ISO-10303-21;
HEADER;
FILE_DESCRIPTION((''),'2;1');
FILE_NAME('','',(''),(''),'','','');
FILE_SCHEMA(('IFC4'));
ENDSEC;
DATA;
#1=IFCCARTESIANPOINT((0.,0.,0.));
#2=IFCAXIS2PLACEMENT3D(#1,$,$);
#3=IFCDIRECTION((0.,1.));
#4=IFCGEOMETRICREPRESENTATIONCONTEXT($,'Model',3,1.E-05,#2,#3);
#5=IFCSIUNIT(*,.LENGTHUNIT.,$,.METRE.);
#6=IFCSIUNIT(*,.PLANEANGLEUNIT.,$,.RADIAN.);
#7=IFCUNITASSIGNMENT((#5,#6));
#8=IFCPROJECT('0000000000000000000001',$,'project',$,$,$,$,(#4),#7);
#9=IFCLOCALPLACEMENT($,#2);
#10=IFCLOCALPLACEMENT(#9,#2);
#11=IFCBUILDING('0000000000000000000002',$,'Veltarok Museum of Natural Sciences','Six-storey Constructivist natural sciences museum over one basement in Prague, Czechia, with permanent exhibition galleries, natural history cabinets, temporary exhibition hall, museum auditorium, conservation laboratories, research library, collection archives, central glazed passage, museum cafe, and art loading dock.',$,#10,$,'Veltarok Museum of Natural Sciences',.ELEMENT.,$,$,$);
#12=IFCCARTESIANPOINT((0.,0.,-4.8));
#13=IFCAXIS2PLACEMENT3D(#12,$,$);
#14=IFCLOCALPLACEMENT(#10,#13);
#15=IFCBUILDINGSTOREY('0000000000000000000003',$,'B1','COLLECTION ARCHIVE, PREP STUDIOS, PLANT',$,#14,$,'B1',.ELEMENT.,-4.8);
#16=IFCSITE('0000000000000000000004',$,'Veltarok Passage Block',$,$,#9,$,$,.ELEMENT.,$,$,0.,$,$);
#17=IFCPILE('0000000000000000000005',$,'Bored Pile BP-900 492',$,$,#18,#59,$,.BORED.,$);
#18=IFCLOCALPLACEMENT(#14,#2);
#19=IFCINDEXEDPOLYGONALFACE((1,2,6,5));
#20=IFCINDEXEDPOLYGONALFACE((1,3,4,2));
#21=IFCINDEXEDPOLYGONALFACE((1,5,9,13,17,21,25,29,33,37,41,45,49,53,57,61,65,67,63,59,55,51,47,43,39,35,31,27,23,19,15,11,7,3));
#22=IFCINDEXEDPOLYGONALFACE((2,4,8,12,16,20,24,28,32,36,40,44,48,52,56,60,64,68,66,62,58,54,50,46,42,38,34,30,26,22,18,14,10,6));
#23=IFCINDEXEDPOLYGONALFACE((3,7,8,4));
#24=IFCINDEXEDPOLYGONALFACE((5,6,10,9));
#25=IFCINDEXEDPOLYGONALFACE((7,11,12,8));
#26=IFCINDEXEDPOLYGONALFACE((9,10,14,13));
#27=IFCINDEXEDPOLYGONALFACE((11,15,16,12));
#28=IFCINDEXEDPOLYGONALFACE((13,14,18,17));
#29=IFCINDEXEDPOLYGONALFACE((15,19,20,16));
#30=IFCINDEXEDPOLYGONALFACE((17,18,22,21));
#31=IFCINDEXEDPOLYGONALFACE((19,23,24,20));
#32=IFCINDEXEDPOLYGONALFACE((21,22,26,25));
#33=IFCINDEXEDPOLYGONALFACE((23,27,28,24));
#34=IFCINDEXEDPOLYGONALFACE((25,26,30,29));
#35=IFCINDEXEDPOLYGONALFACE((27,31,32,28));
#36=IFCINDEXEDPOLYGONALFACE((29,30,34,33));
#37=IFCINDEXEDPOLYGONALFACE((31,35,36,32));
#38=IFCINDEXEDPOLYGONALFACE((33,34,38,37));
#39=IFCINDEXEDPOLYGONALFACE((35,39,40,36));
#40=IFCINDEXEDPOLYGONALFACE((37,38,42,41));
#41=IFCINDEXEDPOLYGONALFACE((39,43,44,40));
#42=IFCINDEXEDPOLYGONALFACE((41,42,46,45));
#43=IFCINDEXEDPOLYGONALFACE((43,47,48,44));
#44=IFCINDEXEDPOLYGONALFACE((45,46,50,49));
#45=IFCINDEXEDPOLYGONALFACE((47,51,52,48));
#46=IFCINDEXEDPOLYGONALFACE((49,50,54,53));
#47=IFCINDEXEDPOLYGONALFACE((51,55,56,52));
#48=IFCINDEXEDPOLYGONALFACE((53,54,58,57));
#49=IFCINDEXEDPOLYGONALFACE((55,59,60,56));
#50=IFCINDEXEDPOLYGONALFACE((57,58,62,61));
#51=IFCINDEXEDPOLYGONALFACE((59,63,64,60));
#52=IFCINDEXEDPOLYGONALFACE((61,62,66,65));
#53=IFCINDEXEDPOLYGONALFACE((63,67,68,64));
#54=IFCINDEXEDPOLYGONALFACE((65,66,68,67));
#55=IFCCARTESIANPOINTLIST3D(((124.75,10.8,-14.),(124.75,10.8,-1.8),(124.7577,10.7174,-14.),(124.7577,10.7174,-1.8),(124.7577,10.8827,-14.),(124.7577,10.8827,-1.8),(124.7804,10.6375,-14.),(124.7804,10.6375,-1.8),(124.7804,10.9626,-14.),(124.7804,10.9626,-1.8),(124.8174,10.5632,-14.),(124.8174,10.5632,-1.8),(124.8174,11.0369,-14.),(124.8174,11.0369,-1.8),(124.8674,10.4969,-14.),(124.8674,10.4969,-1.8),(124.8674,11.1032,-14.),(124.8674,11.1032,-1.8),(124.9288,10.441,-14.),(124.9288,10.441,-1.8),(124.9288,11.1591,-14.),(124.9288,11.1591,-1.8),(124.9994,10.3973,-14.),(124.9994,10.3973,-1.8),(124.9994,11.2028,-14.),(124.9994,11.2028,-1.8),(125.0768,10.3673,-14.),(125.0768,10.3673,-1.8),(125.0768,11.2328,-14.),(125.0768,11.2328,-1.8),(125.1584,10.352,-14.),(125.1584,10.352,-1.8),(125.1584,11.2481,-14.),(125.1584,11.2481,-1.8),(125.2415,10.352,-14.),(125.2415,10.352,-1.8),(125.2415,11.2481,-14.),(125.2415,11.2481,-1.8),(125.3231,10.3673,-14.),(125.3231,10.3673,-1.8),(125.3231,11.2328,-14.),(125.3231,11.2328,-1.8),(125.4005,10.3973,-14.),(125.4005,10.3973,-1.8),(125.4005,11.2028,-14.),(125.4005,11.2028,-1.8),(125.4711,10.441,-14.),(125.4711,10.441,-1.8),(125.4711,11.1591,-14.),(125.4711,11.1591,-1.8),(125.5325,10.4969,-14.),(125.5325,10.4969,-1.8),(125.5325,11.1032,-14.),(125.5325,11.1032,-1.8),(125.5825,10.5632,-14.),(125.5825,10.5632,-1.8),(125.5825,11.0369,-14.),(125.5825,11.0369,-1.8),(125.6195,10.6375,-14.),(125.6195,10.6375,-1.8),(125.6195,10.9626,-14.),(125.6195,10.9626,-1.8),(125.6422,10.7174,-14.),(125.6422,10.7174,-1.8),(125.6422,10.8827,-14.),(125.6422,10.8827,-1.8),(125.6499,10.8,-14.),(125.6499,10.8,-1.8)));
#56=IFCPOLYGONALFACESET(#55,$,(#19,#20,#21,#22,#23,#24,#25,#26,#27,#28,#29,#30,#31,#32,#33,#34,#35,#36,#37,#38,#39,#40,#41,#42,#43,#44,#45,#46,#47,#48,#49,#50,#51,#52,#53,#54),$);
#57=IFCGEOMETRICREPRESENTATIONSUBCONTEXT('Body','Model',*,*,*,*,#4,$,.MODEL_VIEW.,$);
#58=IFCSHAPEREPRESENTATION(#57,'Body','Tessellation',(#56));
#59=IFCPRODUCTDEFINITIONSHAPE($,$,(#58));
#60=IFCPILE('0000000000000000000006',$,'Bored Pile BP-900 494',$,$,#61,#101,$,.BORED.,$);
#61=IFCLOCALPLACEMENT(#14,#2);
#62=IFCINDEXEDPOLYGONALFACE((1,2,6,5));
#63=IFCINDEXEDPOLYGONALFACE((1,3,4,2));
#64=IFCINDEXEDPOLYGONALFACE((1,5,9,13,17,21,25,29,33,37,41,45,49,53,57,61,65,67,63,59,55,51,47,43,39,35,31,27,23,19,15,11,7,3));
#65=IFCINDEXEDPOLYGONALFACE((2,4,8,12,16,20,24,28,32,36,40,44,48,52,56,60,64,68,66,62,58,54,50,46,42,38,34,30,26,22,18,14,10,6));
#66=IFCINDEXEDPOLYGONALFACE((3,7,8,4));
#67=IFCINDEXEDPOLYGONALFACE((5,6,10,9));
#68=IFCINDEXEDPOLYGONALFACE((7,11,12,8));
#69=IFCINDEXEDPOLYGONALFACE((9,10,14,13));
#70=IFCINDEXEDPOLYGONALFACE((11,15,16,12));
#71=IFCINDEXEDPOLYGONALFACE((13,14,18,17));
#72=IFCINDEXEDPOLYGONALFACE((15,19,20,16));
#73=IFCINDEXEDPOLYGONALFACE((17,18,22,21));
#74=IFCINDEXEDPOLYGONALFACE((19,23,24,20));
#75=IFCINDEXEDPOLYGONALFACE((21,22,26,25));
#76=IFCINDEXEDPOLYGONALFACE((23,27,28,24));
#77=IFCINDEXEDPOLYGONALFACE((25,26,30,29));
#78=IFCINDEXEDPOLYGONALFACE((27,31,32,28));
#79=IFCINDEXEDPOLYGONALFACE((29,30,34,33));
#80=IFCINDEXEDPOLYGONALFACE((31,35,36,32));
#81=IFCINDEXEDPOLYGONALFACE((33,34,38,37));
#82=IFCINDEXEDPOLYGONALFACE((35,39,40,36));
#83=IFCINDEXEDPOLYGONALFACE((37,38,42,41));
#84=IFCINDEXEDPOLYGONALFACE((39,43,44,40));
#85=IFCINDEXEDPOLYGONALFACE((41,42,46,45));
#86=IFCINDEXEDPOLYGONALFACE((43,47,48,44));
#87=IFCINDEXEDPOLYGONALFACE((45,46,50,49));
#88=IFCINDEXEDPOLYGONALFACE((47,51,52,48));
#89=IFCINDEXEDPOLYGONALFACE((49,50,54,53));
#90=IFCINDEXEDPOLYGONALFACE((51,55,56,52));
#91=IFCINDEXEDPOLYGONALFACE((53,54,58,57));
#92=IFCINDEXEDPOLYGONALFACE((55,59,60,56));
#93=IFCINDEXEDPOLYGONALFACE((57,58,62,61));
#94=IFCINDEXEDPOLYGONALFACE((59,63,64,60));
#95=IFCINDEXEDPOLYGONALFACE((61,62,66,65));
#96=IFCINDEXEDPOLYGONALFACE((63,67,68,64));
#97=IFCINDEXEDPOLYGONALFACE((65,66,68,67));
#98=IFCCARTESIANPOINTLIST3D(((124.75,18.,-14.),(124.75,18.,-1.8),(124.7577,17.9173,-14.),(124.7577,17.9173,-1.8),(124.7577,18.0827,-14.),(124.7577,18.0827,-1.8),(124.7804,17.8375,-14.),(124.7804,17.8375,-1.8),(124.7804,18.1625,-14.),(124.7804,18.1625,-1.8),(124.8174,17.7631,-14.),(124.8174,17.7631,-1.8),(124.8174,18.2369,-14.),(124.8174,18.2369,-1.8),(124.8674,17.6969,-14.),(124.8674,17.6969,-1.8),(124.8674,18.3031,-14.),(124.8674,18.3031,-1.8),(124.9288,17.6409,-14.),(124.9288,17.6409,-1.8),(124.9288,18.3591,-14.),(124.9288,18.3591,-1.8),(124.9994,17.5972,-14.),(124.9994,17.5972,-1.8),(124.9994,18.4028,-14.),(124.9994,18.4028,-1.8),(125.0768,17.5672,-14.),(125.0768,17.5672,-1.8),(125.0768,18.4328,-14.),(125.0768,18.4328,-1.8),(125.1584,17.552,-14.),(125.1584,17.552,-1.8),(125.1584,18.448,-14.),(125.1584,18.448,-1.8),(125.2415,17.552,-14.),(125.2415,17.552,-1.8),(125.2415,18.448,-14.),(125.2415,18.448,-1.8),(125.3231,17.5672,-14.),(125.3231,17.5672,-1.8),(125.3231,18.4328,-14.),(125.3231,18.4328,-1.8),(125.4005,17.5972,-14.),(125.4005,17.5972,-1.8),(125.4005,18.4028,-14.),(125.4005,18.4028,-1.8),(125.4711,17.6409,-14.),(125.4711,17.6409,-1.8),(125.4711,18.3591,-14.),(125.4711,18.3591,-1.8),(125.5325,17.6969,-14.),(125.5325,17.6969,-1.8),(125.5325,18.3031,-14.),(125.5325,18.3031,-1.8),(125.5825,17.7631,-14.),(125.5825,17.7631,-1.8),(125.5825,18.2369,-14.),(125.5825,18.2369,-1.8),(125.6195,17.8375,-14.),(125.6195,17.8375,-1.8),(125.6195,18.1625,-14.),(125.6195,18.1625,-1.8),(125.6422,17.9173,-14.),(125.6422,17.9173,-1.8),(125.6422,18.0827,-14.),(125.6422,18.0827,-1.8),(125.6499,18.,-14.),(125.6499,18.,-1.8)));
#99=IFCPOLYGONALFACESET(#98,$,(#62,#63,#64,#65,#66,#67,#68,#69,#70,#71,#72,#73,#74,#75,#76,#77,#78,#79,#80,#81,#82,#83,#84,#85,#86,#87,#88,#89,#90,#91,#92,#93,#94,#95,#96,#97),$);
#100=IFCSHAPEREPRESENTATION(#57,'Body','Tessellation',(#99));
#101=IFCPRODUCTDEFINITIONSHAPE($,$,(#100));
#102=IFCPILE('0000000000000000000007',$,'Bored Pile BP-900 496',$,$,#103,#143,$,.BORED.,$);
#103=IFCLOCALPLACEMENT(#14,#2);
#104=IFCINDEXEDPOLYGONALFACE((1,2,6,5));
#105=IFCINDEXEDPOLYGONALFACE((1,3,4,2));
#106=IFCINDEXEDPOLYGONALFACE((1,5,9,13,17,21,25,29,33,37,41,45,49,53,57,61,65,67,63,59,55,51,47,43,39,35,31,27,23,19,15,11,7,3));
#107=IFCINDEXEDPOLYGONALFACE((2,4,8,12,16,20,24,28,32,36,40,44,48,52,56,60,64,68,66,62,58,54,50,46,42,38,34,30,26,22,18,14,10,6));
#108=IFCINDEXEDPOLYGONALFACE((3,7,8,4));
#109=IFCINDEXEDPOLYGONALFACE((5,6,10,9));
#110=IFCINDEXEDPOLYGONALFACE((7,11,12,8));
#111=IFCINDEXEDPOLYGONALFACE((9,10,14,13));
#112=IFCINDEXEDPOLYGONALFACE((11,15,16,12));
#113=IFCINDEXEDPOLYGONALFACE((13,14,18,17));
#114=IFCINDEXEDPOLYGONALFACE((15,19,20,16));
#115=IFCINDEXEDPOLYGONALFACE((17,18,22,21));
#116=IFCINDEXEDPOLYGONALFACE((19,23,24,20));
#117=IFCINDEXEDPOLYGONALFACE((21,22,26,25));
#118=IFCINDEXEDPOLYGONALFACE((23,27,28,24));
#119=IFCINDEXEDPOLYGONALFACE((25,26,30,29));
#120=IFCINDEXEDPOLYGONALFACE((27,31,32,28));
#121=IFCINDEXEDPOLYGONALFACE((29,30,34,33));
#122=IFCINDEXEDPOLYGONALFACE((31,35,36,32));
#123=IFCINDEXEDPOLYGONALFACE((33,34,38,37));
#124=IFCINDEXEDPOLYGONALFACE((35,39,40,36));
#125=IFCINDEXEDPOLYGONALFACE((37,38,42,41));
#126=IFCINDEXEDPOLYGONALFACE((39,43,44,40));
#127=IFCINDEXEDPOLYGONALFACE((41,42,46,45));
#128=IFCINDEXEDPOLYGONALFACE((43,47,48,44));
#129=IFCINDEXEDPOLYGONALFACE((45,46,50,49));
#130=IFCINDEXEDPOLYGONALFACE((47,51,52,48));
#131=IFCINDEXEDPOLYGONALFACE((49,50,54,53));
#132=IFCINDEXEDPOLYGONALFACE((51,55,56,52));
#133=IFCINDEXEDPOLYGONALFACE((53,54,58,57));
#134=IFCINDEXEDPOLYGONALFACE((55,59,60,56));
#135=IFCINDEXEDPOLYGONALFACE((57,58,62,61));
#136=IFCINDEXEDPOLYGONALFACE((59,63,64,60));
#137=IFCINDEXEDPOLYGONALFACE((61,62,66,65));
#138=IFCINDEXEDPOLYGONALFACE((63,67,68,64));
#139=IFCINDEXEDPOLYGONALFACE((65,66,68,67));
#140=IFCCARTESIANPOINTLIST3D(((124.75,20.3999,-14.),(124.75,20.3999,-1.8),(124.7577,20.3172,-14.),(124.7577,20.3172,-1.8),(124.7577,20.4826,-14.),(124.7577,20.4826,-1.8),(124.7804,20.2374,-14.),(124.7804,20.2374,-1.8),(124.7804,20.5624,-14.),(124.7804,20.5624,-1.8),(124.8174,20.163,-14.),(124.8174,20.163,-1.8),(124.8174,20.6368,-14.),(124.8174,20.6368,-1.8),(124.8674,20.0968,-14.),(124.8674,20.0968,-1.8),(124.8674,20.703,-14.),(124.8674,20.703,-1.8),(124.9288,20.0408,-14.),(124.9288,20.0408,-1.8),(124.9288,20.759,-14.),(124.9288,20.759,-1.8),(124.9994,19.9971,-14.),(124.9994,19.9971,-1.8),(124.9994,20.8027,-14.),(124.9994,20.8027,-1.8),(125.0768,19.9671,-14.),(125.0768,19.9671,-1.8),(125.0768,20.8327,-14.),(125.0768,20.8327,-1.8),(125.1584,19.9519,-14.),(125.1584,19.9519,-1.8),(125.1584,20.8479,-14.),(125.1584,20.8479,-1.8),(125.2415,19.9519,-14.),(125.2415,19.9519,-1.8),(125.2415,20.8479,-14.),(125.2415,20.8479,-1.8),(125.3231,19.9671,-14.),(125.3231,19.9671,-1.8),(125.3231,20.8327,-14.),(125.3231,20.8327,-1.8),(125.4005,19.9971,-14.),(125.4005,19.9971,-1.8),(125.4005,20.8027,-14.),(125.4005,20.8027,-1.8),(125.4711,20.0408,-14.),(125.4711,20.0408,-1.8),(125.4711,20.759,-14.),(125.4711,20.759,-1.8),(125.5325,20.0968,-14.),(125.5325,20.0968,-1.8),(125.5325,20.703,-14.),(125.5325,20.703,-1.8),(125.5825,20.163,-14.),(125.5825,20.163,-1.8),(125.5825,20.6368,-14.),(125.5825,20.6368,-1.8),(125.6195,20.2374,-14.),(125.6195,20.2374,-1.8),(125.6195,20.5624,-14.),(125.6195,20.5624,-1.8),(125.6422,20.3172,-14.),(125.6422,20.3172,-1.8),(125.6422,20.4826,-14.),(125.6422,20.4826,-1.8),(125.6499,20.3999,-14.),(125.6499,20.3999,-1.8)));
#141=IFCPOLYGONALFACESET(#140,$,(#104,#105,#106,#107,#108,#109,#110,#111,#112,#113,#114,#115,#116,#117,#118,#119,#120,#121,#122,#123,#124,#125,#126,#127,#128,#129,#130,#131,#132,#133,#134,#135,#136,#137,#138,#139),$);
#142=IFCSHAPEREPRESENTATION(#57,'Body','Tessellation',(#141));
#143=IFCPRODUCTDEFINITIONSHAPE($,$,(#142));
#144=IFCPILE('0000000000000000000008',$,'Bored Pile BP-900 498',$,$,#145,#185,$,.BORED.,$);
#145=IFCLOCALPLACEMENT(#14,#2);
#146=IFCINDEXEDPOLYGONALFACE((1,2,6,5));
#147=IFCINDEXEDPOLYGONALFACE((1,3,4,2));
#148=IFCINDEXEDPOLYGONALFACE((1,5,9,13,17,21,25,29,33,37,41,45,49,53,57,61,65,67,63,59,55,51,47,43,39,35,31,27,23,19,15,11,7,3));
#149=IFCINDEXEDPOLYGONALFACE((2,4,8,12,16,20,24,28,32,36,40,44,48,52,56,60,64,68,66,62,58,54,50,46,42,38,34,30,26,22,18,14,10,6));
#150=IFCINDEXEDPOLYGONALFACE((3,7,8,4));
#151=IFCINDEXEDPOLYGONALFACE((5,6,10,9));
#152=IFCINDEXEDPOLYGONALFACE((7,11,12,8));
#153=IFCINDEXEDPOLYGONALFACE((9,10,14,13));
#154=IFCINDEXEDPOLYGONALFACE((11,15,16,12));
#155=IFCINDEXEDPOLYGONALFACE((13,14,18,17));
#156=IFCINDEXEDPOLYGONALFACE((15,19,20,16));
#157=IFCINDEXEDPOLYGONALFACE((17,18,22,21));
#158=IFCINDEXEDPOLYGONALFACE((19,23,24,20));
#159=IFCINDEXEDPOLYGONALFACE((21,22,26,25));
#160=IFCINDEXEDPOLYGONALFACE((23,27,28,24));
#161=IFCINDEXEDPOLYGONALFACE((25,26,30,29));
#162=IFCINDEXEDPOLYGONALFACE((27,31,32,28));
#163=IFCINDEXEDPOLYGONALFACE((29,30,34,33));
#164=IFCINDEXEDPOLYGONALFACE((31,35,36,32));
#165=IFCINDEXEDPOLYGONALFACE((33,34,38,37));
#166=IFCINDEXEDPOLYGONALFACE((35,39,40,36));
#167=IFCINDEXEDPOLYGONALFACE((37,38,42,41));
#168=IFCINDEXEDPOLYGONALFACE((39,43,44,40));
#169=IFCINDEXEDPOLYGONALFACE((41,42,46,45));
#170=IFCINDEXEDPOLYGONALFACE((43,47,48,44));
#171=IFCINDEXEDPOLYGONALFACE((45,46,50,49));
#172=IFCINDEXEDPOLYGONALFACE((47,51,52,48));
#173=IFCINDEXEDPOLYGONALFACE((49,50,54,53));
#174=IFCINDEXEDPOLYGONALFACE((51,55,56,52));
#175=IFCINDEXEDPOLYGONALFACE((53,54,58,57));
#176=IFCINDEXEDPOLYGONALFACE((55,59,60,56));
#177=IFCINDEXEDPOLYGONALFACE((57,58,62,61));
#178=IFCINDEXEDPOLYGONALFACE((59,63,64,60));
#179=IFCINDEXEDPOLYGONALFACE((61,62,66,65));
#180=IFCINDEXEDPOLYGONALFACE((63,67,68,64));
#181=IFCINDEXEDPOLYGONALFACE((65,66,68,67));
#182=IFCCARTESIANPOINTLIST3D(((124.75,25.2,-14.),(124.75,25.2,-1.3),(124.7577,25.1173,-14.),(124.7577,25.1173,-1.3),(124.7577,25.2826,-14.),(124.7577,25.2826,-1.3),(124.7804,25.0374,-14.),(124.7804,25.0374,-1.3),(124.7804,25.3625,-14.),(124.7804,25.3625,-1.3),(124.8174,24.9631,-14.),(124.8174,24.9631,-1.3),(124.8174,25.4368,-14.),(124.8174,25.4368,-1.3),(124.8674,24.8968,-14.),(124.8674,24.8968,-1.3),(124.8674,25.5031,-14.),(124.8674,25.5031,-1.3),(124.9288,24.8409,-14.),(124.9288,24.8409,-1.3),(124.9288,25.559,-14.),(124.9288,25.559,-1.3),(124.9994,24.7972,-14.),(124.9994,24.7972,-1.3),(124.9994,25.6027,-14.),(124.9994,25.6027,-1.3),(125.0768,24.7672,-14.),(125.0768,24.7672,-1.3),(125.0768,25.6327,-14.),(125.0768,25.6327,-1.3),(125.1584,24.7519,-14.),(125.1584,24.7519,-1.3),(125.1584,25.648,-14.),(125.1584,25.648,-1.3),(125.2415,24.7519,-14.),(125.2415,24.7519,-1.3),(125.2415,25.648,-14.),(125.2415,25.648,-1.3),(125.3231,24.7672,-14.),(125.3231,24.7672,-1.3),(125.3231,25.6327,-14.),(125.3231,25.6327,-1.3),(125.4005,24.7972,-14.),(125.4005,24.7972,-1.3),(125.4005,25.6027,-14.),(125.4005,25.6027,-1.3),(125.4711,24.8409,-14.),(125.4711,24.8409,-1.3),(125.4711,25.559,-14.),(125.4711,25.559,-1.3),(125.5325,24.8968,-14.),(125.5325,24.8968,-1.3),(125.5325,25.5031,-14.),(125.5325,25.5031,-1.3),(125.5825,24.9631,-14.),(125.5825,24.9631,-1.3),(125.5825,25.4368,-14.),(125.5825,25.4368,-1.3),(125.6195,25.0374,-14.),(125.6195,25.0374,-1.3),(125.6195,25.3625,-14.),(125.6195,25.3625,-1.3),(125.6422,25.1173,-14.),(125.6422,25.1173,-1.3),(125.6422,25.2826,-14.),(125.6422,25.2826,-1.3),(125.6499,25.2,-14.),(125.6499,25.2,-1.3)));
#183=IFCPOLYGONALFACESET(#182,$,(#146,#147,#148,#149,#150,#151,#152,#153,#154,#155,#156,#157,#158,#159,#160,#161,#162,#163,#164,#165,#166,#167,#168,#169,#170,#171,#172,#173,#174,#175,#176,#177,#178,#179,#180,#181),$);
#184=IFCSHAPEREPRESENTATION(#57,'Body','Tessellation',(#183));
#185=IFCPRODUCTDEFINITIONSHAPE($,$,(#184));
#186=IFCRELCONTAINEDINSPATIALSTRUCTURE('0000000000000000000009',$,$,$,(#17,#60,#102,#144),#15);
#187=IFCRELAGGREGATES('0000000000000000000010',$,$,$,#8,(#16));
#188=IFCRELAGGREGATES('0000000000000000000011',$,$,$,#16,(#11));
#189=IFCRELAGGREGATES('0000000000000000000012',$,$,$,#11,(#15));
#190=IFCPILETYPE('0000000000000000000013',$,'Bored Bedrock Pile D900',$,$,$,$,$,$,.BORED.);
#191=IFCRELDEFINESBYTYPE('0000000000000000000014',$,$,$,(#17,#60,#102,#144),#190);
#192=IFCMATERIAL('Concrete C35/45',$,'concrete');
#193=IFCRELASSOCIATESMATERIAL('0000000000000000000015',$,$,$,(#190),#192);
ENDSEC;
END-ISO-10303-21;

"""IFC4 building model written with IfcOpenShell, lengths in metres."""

from ifc_helpers import new_model, si_unit, direction, frame, origin, origin_2d, place, context, subcontext, project, spatial, circle, extrude, material, material_profile, profile_set, type_object, element, save


model = new_model("IFC4")

# Units and contexts
model_context = context("Model", 3, precision=1e-05, world=origin(), true_north=direction((0.0, 1.0)))
body_context = subcontext(model_context, "Body", "Model", "MODEL_VIEW")
ifc_project = project(units=[si_unit("LENGTHUNIT", "METRE"), si_unit("PLANEANGLEUNIT", "RADIAN")], contexts=[model_context])

# Site, building, storey
site_placement = place(None, origin())
site = spatial("IfcSite", under=ifc_project, at=site_placement, Name="Veltarok Passage Block", CompositionType="ELEMENT", RefElevation=0.0)
building_placement = place(site_placement, origin())
building = spatial("IfcBuilding", under=site, at=building_placement, Name="Veltarok Museum of Natural Sciences", Description="Six-storey Constructivist natural sciences museum over one basement in Prague, Czechia, with permanent exhibition galleries, natural history cabinets, temporary exhibition hall, museum auditorium, conservation laboratories, research library, collection archives, central glazed passage, museum cafe, and art loading dock.", LongName="Veltarok Museum of Natural Sciences", CompositionType="ELEMENT")
storey_placement = place(building_placement, frame((0.0, 0.0, -4.8)))
storey = spatial("IfcBuildingStorey", under=building, at=storey_placement, Name="B1", Description="COLLECTION ARCHIVE, PREP STUDIOS, PLANT", LongName="B1", CompositionType="ELEMENT", Elevation=-4.8)

# Piles
ifc_material_1 = material(Name="Concrete C35/45", Category="concrete")
ifc_material_profile_1 = material_profile(ifc_material_1, circle(Radius=0.45, at=origin_2d()), Name="BP D900")
ifc_profile_set_1 = profile_set([ifc_material_profile_1], Name="Concrete C35/45")
pile_type = type_object("IfcPileType", Name="Bored Bedrock Pile D900", PredefinedType="BORED", material=ifc_profile_set_1)
for number, where, z_axis, x_axis, name in (
    (1, (125.2, 10.8, -1.8), (0.0, 0.0, -1.0), (1.0, 0.0, 0.0), "Bored Pile BP-900 492"),
    (2, (125.2, 18.0, -1.8), (0.0, 0.0, -1.0), (1.0, 0.0, 0.0), "Bored Pile BP-900 494"),
    (3, (125.2, 20.3999, -1.8), (0.0, 0.0, -1.0), (1.0, 0.0, 0.0), "Bored Pile BP-900 496"),
):
    element("IfcPile", number, at=place(storey_placement, frame(where, z_axis=z_axis, x_axis=x_axis)), inside=storey, type_object=pile_type, Name=name, PredefinedType="BORED", context=body_context, shape_type="SweptSolid", body=[
        extrude(circle(Radius=0.45, at=origin_2d()), origin(), (0.0, 0.0, 1.0), 12.2),
    ])
pile_placement = place(storey_placement, frame((125.2, 25.2, -1.3), z_axis=(0.0, 0.0, -1.0), x_axis=(1.0, 0.0, 0.0)))
element("IfcPile", 4, at=pile_placement, inside=storey, type_object=pile_type, Name="Bored Pile BP-900 498", PredefinedType="BORED", context=body_context, shape_type="SweptSolid", body=[
    extrude(circle(Radius=0.45, at=origin_2d()), origin(), (0.0, 0.0, 1.0), 12.7),
])

save(model, "model.ifc")
